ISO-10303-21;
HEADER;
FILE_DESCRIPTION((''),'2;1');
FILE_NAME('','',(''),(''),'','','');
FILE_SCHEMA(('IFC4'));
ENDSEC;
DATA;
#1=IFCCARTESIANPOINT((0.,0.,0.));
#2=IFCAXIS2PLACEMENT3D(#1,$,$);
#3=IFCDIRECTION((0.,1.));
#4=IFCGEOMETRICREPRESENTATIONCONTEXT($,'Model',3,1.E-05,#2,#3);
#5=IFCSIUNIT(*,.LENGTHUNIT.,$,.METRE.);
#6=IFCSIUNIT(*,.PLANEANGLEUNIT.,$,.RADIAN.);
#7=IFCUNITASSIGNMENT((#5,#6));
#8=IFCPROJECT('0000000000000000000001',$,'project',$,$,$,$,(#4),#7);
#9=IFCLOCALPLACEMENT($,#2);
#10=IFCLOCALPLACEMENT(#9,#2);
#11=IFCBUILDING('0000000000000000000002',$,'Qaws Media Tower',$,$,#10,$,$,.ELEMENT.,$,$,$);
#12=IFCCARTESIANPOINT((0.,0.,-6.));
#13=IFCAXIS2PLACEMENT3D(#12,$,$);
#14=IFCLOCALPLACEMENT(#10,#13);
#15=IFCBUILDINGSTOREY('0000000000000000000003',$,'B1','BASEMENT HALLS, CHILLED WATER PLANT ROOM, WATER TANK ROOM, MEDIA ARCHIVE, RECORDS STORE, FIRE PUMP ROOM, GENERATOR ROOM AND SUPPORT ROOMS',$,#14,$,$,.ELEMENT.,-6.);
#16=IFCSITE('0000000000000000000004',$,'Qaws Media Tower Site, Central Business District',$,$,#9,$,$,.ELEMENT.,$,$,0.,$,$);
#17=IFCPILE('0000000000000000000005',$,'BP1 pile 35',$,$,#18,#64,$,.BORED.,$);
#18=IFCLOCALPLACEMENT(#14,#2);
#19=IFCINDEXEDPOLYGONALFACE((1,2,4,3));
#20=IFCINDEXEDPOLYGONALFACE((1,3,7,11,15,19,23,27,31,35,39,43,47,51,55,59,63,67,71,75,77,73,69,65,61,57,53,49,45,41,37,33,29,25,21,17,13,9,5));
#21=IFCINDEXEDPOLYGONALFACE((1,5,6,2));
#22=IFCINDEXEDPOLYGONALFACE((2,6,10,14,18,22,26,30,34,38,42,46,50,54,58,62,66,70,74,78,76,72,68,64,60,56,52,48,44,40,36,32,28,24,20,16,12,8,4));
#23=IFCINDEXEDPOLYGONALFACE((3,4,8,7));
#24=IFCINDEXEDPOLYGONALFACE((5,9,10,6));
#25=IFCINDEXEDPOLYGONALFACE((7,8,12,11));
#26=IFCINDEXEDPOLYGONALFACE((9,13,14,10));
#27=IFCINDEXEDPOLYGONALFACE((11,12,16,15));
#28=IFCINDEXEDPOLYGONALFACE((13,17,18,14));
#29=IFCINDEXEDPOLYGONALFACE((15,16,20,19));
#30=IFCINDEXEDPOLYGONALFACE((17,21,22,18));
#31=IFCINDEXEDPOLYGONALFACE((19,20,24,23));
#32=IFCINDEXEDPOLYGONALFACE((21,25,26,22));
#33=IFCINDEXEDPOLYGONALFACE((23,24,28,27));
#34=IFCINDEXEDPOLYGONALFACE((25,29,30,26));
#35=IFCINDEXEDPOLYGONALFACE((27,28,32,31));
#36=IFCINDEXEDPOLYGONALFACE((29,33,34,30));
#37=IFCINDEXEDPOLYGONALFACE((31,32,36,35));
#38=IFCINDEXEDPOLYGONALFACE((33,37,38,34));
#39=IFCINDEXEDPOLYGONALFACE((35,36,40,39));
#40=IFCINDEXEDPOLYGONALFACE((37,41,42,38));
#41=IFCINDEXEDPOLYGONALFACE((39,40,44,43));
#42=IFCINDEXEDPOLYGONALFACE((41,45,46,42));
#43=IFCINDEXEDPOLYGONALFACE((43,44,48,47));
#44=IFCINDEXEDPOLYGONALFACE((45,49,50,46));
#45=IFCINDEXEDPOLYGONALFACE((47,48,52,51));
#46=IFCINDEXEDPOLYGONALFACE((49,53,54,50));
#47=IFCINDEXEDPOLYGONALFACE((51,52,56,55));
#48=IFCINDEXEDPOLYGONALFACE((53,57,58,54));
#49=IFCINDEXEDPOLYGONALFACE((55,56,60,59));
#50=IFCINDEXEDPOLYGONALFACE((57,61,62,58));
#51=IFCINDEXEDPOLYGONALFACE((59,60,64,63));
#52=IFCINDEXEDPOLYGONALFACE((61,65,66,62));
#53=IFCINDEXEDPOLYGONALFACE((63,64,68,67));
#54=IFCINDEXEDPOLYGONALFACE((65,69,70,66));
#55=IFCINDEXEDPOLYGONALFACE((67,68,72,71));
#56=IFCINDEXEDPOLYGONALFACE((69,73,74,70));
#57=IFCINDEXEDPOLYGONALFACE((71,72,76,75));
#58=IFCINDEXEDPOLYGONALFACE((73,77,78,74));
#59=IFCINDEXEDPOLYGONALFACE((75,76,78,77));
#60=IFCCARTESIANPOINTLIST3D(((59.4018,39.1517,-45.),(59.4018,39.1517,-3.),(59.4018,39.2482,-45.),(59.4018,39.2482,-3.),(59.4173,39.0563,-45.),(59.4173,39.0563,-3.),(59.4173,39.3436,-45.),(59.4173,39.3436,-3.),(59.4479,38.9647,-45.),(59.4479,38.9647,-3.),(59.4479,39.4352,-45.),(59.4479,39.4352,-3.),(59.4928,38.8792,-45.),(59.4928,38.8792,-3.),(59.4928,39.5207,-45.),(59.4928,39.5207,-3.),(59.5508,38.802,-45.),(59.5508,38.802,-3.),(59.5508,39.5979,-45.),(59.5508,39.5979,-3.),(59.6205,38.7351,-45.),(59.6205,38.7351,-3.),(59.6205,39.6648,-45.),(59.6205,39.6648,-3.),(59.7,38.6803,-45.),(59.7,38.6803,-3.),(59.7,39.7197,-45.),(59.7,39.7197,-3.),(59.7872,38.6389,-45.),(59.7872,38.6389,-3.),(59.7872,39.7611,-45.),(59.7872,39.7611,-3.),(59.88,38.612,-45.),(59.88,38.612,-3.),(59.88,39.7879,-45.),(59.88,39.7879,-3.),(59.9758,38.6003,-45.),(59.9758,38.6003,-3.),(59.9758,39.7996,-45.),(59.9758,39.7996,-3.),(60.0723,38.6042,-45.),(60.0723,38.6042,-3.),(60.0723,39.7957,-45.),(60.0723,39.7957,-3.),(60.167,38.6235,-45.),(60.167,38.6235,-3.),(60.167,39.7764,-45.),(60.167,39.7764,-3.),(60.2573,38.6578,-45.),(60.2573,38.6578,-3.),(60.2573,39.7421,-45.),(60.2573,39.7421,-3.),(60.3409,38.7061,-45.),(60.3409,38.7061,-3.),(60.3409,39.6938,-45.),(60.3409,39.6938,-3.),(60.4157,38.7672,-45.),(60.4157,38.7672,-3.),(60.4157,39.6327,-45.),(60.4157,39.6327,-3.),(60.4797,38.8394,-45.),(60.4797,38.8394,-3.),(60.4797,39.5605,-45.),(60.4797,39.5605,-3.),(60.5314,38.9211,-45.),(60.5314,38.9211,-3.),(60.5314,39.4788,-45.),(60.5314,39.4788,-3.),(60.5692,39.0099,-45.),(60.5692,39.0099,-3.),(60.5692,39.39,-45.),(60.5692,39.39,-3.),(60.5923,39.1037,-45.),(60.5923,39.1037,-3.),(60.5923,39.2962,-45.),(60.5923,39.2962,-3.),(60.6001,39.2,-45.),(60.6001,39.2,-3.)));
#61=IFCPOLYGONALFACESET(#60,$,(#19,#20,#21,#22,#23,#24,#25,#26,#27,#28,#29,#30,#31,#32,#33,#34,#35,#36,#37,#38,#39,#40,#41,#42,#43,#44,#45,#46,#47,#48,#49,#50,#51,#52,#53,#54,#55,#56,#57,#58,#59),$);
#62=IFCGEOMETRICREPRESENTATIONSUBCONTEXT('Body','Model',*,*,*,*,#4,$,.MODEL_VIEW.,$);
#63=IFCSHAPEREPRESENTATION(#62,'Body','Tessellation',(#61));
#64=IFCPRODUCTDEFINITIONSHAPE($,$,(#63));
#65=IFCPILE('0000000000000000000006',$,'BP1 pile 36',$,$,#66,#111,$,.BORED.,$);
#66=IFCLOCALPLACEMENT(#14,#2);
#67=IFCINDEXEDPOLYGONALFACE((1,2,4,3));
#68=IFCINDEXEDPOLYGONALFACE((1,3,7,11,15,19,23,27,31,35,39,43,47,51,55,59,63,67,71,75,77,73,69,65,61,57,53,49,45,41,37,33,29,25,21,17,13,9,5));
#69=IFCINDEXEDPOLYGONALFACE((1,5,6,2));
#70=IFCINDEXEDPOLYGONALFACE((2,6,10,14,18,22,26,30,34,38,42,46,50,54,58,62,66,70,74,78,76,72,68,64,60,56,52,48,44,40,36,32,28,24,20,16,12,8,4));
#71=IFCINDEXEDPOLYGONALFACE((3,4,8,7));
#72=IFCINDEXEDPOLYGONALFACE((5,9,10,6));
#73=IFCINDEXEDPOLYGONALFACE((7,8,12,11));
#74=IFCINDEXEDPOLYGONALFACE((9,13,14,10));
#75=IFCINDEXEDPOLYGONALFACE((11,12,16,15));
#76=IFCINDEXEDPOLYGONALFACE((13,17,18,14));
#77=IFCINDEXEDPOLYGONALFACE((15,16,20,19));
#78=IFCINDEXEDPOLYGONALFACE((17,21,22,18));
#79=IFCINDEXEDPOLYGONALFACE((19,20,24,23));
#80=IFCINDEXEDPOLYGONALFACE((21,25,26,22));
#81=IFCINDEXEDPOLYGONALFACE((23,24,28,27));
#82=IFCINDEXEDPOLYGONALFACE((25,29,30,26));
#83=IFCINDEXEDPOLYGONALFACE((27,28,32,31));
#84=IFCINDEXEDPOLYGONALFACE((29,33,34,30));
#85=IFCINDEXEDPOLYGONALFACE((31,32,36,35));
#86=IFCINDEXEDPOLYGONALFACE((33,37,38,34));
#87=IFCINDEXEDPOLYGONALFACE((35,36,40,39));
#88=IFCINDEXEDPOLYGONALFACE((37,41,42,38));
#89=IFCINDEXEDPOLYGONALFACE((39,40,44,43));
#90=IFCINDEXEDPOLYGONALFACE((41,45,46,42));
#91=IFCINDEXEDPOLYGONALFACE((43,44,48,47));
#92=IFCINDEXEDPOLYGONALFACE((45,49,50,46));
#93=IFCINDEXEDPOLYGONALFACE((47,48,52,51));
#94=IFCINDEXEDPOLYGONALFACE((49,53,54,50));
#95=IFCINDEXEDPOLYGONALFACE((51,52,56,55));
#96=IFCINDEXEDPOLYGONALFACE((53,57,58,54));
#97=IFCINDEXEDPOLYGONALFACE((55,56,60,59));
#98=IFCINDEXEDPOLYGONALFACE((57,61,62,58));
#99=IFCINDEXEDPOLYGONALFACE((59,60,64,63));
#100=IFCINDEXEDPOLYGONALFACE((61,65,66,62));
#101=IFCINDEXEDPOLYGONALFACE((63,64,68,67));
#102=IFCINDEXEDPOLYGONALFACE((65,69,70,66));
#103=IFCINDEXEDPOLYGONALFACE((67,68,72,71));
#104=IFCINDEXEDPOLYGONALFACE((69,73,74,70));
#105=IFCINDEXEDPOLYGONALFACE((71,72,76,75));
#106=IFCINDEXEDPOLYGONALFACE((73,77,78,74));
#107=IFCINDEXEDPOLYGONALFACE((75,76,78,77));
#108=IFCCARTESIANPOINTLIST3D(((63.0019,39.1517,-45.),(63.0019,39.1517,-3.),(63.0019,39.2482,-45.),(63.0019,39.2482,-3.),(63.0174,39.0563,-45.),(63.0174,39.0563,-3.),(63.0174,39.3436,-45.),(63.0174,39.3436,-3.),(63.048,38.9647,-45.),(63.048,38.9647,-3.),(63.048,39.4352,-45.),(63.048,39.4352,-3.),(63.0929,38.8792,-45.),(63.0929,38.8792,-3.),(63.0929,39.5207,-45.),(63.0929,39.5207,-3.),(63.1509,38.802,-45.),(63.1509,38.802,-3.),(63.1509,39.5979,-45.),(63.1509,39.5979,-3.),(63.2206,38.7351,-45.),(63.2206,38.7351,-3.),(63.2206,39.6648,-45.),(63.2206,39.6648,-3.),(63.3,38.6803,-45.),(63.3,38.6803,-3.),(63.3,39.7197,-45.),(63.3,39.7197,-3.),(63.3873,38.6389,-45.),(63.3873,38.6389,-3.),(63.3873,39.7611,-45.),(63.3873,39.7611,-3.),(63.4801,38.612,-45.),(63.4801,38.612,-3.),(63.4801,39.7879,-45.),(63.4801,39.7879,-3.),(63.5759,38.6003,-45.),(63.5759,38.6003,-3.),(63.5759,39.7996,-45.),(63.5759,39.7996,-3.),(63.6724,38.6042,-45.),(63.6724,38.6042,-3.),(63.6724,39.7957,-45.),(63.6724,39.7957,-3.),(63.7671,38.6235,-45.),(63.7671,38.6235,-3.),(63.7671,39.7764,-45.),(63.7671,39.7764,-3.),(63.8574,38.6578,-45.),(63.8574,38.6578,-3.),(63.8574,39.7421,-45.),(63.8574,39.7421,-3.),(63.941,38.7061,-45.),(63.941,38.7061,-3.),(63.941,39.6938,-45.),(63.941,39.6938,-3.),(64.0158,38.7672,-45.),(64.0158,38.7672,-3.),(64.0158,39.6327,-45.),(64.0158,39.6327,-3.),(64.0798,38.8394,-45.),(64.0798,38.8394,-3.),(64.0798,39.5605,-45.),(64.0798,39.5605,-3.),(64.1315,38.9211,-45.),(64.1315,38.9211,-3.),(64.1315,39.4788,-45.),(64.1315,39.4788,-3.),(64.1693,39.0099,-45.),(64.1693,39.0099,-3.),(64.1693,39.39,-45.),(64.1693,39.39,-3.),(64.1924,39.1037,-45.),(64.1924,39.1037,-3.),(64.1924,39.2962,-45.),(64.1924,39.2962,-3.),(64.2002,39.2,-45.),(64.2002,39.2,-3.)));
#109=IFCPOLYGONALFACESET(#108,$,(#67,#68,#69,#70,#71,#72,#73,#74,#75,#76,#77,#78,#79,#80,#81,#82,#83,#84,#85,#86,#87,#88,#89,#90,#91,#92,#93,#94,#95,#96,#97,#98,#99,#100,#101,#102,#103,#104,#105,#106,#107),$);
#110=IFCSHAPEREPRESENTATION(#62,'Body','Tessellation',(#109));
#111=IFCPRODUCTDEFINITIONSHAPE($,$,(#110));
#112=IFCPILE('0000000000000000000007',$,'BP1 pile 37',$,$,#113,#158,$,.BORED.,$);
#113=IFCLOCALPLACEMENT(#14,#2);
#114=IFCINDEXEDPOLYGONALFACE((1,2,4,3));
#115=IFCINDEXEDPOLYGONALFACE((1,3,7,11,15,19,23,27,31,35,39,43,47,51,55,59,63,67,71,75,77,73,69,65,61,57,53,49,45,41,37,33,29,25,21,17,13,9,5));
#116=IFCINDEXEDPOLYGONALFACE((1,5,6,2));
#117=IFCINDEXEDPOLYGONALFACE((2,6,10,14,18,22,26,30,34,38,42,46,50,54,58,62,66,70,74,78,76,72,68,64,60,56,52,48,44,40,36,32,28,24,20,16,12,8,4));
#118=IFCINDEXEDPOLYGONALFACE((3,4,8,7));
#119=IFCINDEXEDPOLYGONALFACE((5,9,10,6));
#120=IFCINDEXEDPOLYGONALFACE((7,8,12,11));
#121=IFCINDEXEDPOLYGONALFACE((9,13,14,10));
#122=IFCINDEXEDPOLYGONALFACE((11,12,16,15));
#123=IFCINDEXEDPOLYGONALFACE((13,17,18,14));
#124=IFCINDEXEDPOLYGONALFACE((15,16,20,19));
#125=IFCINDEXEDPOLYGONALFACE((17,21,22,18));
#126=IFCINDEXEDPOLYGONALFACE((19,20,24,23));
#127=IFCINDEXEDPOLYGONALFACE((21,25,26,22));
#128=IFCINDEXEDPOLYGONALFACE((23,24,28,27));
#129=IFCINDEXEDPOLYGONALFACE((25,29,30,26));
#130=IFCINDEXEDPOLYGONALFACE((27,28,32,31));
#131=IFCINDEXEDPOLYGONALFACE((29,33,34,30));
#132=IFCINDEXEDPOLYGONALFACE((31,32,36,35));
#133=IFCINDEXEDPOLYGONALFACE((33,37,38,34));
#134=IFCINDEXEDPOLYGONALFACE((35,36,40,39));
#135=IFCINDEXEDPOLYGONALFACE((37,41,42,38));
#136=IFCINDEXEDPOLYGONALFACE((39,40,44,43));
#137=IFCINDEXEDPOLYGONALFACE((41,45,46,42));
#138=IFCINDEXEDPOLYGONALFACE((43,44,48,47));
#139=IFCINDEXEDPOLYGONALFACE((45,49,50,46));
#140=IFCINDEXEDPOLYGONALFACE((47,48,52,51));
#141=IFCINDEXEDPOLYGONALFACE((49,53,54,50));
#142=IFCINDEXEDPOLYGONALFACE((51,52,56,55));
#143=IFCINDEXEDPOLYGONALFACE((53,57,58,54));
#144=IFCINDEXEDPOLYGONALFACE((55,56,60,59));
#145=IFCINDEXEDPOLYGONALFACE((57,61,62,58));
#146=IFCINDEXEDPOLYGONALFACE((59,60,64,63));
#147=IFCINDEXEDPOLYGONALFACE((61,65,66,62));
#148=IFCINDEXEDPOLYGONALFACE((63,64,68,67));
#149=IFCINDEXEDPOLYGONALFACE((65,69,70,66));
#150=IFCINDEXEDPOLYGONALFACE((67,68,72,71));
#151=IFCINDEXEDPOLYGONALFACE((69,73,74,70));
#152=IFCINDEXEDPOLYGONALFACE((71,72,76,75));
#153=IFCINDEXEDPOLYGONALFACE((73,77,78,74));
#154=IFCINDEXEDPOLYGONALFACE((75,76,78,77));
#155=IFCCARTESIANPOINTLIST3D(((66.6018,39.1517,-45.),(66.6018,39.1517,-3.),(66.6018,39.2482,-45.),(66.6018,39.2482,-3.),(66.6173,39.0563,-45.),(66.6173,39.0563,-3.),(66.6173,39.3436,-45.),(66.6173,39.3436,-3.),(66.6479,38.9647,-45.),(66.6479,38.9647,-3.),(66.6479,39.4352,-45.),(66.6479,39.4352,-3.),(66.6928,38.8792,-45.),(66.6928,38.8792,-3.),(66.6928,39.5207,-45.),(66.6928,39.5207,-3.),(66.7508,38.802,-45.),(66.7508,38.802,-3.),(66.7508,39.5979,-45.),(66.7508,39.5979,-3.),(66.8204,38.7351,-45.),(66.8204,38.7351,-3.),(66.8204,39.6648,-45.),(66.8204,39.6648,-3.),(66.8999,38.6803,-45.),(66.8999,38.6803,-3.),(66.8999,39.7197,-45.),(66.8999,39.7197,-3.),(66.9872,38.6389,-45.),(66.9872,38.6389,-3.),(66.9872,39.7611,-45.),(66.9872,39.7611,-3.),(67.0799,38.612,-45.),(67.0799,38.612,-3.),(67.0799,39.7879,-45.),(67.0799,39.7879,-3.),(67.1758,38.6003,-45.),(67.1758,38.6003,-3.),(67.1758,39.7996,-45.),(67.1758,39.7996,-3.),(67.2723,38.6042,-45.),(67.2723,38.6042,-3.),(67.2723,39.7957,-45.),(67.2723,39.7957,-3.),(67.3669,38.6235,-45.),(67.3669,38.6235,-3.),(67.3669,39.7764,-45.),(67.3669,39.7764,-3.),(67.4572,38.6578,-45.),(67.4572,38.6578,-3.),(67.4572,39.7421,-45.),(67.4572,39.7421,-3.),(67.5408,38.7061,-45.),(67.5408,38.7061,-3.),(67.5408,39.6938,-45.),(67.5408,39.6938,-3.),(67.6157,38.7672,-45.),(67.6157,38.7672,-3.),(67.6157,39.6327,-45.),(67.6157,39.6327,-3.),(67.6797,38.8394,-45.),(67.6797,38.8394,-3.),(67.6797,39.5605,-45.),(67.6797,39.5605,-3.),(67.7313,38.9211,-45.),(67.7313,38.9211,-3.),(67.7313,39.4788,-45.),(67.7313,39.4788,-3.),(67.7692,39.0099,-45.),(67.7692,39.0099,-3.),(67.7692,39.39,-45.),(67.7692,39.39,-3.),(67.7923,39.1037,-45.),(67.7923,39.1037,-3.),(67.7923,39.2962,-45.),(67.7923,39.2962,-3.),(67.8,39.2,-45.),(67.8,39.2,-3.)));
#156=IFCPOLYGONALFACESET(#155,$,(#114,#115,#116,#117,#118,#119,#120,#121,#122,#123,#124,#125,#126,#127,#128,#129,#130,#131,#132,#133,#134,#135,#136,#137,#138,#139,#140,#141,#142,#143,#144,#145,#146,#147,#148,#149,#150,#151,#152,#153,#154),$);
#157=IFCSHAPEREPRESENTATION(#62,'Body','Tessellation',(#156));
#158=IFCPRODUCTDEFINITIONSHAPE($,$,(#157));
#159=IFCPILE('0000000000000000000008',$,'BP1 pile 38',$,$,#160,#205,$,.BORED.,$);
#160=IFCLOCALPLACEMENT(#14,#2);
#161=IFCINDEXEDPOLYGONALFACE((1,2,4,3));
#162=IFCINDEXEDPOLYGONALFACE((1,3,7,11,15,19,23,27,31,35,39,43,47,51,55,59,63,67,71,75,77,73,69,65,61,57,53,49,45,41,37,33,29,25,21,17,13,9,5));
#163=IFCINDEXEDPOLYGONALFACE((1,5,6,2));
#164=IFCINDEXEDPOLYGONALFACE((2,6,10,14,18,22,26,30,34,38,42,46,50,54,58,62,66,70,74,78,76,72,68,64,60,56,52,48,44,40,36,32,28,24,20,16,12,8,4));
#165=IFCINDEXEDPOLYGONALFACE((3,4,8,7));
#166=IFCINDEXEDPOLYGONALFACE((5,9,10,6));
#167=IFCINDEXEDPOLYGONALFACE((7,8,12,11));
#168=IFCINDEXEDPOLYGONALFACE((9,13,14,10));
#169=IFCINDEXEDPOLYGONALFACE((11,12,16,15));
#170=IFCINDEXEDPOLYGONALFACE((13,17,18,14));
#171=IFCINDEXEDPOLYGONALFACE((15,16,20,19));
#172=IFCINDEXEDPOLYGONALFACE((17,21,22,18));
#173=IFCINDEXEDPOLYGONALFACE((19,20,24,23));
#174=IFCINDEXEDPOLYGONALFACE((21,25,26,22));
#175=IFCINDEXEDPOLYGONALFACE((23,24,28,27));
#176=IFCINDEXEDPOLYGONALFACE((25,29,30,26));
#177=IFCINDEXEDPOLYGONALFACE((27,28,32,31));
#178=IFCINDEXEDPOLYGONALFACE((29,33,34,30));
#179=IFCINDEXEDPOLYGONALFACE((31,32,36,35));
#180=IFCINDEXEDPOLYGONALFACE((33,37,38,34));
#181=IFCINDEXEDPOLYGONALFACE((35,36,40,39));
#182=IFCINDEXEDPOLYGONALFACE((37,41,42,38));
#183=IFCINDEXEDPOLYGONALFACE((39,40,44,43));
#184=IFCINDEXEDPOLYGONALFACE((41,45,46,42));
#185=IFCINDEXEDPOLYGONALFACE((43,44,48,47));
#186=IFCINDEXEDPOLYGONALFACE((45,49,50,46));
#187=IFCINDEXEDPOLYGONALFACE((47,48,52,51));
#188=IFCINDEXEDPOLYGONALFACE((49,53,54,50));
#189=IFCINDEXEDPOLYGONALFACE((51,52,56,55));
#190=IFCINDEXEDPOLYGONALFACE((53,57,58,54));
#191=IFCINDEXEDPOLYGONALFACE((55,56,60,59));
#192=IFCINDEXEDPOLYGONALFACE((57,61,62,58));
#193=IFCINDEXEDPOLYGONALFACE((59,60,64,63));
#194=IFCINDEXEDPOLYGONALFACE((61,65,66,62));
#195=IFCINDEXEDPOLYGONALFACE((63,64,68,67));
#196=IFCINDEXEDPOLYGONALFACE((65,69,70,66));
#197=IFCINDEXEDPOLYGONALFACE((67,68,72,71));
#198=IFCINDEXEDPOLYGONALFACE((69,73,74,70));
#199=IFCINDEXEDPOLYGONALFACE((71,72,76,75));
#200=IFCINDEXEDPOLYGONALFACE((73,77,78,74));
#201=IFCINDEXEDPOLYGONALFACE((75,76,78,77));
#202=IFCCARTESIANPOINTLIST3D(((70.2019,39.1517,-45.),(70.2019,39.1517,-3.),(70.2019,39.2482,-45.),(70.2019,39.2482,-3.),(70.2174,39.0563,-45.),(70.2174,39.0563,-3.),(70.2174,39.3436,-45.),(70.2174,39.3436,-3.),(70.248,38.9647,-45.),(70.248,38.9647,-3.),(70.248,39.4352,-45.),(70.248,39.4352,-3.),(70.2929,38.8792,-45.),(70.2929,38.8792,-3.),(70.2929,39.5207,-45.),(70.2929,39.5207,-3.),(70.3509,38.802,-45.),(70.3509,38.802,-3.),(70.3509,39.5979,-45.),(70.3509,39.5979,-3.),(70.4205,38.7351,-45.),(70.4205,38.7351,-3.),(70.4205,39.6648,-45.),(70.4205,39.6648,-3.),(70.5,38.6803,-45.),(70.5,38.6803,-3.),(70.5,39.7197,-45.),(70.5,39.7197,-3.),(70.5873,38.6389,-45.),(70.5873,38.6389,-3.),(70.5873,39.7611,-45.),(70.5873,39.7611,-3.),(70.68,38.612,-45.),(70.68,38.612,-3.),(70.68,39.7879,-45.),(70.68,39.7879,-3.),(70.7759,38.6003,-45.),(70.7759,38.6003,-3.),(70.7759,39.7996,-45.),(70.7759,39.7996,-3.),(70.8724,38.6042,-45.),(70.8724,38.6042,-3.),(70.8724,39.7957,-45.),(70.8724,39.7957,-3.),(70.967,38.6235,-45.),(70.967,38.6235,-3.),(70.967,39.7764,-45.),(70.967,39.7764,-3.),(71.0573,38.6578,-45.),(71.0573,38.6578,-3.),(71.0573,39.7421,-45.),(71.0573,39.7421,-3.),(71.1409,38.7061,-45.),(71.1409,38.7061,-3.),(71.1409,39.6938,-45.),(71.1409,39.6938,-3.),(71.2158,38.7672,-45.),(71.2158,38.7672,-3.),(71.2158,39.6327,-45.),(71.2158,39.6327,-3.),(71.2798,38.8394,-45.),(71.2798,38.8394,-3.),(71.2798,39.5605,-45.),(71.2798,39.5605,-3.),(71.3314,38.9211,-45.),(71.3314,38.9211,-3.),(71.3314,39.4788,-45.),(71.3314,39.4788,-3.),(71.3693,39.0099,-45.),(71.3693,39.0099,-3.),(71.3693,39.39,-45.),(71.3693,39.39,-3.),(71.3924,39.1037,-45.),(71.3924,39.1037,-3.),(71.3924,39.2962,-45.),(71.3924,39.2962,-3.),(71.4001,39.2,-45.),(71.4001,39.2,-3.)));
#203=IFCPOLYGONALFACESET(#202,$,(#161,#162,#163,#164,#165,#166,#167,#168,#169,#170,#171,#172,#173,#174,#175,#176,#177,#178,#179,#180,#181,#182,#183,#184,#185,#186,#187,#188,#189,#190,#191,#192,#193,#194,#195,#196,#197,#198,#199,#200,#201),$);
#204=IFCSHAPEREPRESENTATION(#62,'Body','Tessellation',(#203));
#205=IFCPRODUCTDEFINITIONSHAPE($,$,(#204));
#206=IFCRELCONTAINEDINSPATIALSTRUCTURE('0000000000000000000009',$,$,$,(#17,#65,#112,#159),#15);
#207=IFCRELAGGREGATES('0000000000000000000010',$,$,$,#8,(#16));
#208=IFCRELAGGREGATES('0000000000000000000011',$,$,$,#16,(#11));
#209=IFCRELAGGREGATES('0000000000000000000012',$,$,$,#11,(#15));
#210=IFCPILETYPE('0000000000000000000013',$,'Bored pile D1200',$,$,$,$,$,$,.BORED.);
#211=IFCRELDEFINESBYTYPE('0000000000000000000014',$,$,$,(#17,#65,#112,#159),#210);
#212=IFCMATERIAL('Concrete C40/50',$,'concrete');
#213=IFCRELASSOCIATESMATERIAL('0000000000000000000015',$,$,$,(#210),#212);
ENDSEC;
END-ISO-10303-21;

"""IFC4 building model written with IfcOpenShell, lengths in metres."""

from ifc_helpers import new_model, si_unit, direction, frame, origin, origin_2d, place, context, subcontext, project, spatial, circle, extrude, material, material_profile, profile_set, type_object, element, save


model = new_model("IFC4")

# Units and contexts
model_context = context("Model", 3, precision=1e-05, world=origin(), true_north=direction((0.0, 1.0)))
body_context = subcontext(model_context, "Body", "Model", "MODEL_VIEW")
ifc_project = project(units=[si_unit("LENGTHUNIT", "METRE"), si_unit("PLANEANGLEUNIT", "RADIAN")], contexts=[model_context])

# Site, building, storey
site_placement = place(None, origin())
site = spatial("IfcSite", under=ifc_project, at=site_placement, Name="Qaws Media Tower Site, Central Business District", CompositionType="ELEMENT", RefElevation=0.0)
building_placement = place(site_placement, origin())
building = spatial("IfcBuilding", under=site, at=building_placement, Name="Qaws Media Tower", CompositionType="ELEMENT")
storey_placement = place(building_placement, frame((0.0, 0.0, -6.0)))
storey = spatial("IfcBuildingStorey", under=building, at=storey_placement, Name="B1", Description="BASEMENT HALLS, CHILLED WATER PLANT ROOM, WATER TANK ROOM, MEDIA ARCHIVE, RECORDS STORE, FIRE PUMP ROOM, GENERATOR ROOM AND SUPPORT ROOMS", CompositionType="ELEMENT", Elevation=-6.0)

# Piles
ifc_material_1 = material(Name="Concrete C40/50", Category="concrete")
ifc_material_profile_1 = material_profile(ifc_material_1, circle(Radius=0.6001, at=origin_2d()), Name="D1200")
ifc_profile_set_1 = profile_set([ifc_material_profile_1], Name="Concrete C40/50")
pile_type = type_object("IfcPileType", Name="Bored pile D1200", PredefinedType="BORED", material=ifc_profile_set_1)
for number, where, z_axis, x_axis, name in (
    (1, (60.0, 39.2, -3.0), (0.0, 0.0, -1.0), (1.0, 0.0, 0.0), "BP1 pile 35"),
    (2, (63.6001, 39.2, -3.0), (0.0, 0.0, -1.0), (1.0, 0.0, 0.0), "BP1 pile 36"),
    (3, (67.2, 39.2, -3.0), (0.0, 0.0, -1.0), (1.0, 0.0, 0.0), "BP1 pile 37"),
    (4, (70.8, 39.2, -3.0), (0.0, 0.0, -1.0), (1.0, 0.0, 0.0), "BP1 pile 38"),
):
    element("IfcPile", number, at=place(storey_placement, frame(where, z_axis=z_axis, x_axis=x_axis)), inside=storey, type_object=pile_type, Name=name, PredefinedType="BORED", context=body_context, shape_type="SweptSolid", body=[
        extrude(circle(Radius=0.6001, at=origin_2d()), origin(), (0.0, 0.0, 1.0), 42.0),
    ])

save(model, "model.ifc")
